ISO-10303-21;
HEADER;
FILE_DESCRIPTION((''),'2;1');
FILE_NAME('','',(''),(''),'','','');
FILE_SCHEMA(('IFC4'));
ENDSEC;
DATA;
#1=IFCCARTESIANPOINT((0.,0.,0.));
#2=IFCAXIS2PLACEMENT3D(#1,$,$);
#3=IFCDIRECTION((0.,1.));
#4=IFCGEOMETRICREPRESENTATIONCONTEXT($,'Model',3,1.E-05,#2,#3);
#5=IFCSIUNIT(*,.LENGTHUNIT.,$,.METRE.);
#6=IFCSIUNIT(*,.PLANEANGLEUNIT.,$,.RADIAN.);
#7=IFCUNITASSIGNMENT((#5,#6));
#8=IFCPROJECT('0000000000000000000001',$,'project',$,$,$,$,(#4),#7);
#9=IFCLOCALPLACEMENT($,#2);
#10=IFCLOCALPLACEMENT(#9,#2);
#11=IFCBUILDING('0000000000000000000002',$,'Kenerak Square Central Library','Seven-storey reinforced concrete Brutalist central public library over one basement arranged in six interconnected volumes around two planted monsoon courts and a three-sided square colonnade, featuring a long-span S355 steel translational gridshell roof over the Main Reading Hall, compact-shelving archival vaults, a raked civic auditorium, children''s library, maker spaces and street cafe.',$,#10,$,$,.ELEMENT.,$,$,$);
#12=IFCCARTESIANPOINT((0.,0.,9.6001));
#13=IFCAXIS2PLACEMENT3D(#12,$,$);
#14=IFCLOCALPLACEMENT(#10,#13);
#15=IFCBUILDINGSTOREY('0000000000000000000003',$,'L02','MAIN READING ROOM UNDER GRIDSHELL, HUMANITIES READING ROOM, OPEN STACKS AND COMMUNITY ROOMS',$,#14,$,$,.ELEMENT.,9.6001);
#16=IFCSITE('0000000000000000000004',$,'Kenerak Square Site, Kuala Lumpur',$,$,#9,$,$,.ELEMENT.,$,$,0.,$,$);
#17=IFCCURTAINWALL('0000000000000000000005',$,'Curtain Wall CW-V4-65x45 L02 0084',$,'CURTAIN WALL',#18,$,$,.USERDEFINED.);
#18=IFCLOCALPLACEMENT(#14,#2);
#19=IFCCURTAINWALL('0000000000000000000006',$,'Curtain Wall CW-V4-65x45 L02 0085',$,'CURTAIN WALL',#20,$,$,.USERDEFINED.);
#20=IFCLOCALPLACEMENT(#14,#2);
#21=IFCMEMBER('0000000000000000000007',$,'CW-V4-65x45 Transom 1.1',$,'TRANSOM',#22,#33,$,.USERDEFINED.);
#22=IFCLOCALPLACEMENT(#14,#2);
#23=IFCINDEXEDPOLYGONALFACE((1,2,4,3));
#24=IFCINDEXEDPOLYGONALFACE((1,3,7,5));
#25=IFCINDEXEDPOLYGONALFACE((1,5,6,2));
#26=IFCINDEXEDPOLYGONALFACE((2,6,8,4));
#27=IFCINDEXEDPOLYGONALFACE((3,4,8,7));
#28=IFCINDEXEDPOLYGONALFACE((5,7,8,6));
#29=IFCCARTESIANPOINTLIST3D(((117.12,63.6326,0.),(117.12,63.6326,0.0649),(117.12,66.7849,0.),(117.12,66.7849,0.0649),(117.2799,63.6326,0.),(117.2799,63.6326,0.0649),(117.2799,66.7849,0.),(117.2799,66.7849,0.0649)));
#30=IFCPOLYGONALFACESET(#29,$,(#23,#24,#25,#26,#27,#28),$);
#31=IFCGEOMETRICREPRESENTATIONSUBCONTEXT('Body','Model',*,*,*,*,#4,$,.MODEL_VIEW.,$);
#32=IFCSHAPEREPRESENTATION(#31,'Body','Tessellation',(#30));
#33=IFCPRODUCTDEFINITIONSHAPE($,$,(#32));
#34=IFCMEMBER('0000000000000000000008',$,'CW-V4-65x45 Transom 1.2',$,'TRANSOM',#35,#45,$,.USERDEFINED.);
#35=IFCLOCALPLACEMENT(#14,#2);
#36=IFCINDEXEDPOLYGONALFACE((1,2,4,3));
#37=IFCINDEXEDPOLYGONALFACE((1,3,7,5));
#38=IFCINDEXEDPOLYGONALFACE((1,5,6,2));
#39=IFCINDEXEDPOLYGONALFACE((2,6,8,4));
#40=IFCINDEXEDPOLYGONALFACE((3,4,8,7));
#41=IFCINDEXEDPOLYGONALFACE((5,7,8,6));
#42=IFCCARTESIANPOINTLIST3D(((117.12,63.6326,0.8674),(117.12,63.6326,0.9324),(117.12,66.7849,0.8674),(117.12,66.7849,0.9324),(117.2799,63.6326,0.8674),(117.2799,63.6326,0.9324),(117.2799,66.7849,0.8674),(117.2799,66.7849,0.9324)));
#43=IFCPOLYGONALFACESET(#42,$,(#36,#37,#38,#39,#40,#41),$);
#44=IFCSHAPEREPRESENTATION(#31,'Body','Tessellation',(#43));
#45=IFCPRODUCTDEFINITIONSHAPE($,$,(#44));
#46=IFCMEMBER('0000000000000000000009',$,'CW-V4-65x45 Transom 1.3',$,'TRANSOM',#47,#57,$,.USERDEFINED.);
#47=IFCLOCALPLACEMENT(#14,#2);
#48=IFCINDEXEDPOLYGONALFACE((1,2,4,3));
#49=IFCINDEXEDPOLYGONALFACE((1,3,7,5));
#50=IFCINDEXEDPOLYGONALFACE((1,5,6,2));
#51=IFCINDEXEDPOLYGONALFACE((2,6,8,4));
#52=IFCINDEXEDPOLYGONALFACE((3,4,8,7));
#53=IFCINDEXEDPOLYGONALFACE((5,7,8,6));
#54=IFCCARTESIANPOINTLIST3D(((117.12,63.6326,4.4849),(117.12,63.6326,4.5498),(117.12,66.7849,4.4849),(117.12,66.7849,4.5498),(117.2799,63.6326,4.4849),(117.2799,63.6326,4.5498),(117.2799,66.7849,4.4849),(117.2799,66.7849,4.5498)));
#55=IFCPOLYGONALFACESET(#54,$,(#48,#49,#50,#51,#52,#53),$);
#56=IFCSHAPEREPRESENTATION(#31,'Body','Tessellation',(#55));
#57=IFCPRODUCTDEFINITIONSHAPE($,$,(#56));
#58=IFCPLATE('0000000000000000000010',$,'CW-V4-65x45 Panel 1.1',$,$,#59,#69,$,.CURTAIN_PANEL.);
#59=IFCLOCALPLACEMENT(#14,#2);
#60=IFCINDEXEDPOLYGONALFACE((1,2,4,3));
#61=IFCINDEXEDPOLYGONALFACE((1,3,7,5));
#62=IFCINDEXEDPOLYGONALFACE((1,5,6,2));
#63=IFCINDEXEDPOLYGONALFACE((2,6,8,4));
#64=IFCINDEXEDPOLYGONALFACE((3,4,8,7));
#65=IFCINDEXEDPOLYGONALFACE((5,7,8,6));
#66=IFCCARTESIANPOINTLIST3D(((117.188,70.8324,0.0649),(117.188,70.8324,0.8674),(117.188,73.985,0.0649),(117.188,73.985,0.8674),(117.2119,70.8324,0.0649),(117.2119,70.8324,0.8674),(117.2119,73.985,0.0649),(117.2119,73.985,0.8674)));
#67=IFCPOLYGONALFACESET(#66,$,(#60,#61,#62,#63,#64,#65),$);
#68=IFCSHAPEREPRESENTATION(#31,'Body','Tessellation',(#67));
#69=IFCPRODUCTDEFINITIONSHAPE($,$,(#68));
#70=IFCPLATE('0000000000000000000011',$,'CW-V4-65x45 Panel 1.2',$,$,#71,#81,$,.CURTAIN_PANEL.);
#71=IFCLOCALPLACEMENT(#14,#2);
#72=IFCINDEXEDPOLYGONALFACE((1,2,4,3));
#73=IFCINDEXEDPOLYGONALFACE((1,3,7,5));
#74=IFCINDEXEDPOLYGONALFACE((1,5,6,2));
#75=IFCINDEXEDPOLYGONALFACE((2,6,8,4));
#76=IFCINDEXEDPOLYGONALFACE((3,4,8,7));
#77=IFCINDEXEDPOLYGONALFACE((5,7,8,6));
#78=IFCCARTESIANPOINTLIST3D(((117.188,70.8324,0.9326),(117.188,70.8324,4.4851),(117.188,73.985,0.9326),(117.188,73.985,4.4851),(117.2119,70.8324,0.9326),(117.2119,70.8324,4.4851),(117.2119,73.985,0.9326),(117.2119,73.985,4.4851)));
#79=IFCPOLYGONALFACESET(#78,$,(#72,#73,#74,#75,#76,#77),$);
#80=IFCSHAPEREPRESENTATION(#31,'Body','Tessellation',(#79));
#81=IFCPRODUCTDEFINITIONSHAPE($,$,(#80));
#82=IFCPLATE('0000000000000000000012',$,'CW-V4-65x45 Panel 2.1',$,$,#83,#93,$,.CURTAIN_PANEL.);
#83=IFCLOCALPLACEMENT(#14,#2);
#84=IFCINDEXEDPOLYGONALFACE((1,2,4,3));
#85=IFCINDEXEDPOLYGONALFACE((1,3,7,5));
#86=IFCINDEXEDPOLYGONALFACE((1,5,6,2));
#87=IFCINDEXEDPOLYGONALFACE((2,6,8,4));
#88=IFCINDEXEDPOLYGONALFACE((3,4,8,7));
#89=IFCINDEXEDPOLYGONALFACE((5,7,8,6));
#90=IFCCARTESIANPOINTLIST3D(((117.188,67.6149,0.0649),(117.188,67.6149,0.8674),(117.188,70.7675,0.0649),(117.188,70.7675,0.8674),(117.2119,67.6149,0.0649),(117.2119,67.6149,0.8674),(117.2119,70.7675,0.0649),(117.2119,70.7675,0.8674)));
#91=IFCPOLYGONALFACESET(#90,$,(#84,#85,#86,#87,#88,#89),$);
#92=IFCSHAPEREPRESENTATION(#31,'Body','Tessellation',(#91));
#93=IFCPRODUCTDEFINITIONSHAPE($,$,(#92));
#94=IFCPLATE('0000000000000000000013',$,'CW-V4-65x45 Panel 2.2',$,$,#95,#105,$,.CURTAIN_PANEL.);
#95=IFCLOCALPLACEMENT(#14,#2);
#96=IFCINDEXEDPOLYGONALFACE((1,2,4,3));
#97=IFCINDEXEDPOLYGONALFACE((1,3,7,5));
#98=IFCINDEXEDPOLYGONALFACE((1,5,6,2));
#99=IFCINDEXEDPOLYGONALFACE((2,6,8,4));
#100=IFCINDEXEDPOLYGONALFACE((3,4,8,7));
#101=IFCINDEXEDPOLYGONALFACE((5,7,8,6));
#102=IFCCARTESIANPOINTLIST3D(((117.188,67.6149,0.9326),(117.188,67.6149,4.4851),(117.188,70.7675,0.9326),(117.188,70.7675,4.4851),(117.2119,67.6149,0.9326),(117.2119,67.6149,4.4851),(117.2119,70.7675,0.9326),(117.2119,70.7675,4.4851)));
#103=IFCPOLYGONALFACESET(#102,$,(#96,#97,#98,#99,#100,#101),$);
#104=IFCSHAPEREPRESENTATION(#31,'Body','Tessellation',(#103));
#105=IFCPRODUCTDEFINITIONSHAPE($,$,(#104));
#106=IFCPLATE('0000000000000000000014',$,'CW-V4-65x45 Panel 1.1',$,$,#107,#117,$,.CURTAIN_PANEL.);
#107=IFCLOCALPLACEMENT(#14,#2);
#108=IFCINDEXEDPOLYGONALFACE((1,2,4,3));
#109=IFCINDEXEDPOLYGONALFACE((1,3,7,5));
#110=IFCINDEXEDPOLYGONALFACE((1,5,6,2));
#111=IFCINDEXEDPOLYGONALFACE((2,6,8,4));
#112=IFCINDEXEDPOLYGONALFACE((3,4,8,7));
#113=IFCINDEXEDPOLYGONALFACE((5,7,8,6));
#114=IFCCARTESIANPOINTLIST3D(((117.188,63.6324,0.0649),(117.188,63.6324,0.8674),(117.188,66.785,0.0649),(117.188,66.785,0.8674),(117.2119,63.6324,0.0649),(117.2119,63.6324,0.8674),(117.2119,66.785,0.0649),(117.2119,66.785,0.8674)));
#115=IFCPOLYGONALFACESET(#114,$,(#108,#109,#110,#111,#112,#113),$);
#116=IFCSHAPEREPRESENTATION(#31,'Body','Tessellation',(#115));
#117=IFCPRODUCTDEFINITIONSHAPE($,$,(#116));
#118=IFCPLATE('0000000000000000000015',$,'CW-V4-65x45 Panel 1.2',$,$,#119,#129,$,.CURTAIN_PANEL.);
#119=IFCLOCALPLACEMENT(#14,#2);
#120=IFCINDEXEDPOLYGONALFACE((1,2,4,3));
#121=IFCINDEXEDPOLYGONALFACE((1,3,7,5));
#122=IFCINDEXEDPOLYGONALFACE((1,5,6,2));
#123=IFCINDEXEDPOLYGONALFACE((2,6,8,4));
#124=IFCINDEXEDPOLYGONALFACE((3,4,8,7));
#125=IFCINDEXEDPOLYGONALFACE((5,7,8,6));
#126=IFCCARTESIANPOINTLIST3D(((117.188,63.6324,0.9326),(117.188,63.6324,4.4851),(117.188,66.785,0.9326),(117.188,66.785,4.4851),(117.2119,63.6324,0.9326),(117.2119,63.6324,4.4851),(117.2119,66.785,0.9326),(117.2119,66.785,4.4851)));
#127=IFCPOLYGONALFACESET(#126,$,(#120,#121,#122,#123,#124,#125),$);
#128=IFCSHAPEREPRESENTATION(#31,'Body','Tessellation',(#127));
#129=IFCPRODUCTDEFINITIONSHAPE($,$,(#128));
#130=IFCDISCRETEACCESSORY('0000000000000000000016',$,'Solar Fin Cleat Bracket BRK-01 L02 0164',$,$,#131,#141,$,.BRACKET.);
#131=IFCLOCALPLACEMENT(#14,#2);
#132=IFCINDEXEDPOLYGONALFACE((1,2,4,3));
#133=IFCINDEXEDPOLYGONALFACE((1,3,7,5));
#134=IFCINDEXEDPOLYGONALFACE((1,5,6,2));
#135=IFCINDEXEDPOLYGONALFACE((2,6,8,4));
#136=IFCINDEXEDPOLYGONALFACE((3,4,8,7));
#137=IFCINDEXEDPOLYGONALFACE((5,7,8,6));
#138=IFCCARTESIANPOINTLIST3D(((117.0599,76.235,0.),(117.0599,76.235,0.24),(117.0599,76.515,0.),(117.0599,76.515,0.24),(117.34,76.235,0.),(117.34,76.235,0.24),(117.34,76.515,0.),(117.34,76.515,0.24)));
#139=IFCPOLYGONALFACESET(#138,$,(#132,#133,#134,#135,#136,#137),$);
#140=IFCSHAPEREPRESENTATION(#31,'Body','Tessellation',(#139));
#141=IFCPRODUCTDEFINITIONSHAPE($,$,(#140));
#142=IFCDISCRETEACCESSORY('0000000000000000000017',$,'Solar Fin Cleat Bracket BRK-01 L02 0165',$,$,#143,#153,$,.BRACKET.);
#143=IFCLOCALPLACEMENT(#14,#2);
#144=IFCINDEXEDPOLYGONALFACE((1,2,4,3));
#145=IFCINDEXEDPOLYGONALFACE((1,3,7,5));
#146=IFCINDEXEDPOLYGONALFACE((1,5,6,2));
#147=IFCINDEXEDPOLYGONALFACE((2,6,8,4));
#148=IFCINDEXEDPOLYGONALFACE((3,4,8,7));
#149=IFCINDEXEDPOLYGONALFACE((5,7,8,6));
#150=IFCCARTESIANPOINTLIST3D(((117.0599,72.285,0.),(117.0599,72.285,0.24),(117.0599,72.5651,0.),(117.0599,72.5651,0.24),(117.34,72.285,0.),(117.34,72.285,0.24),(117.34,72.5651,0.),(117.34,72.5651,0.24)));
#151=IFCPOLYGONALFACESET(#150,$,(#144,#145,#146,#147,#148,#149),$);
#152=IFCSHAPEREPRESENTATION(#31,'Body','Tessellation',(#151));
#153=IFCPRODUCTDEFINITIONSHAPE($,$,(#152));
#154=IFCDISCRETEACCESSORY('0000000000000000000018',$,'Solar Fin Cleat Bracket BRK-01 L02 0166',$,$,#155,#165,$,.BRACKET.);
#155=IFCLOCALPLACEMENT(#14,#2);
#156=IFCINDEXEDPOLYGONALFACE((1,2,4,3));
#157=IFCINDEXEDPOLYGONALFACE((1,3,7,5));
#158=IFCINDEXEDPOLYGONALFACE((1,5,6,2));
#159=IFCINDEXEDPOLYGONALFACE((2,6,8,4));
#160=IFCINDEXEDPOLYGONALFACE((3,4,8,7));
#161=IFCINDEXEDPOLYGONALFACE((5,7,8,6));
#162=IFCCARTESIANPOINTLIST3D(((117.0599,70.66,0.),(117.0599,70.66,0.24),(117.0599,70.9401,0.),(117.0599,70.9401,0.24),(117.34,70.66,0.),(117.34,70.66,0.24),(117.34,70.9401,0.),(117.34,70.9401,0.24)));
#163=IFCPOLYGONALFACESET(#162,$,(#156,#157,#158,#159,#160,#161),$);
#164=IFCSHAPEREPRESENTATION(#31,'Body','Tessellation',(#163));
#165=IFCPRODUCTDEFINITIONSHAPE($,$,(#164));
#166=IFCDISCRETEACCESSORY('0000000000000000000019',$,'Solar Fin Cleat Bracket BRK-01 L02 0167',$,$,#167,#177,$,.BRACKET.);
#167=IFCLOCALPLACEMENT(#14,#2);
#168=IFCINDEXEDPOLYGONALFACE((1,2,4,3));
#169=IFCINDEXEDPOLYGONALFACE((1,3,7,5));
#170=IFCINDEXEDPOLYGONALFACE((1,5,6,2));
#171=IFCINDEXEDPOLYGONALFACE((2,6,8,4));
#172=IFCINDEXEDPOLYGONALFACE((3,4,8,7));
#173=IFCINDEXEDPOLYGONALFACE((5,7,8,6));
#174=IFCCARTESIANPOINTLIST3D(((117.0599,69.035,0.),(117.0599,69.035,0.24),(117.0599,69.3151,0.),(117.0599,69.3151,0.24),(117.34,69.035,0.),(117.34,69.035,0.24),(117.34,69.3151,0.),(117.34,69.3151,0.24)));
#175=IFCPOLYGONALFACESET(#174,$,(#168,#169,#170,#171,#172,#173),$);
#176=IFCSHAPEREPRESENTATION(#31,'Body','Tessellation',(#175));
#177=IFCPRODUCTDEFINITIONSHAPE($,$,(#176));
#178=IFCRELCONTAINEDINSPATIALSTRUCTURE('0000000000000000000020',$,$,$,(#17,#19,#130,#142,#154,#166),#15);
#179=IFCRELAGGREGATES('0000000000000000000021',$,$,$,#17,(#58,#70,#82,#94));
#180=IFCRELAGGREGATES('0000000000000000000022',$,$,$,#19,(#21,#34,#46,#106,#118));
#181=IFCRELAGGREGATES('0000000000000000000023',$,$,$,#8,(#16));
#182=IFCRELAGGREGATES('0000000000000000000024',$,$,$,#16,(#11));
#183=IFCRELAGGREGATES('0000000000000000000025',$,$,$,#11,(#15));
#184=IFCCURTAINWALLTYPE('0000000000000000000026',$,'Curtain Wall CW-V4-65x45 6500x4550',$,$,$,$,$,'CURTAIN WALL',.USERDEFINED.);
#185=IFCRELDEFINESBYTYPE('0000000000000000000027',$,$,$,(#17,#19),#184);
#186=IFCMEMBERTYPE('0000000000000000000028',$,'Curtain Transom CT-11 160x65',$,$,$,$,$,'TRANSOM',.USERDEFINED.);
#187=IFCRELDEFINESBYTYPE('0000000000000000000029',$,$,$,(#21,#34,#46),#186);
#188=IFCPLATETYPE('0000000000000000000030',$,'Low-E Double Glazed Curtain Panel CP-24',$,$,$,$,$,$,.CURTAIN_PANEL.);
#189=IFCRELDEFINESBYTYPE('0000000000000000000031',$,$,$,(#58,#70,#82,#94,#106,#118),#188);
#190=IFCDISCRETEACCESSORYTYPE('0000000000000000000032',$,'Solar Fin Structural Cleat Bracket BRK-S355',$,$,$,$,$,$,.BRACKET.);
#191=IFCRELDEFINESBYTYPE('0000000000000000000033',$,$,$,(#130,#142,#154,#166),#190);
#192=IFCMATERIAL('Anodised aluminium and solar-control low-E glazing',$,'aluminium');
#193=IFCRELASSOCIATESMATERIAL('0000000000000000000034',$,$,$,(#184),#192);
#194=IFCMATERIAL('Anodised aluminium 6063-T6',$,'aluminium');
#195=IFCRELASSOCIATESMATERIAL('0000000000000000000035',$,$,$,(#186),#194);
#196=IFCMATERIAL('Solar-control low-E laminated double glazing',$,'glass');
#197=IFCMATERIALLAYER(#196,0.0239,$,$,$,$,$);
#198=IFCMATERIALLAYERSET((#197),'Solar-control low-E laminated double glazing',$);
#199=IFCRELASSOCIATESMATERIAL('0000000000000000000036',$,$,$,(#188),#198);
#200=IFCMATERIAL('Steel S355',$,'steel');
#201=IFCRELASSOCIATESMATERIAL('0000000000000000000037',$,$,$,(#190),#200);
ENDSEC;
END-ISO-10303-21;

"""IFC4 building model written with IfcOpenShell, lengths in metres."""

from ifc_helpers import new_model, si_unit, direction, frame, origin, origin_2d, place, context, subcontext, project, spatial, rectangle, extrude, material, layer, layer_set, material_profile, profile_set, type_object, element, aggregate, save


model = new_model("IFC4")

# Units and contexts
model_context = context("Model", 3, precision=1e-05, world=origin(), true_north=direction((0.0, 1.0)))
body_context = subcontext(model_context, "Body", "Model", "MODEL_VIEW")
ifc_project = project(units=[si_unit("LENGTHUNIT", "METRE"), si_unit("PLANEANGLEUNIT", "RADIAN")], contexts=[model_context])

# Site, building, storey
site_placement = place(None, origin())
site = spatial("IfcSite", under=ifc_project, at=site_placement, Name="Kenerak Square Site, Kuala Lumpur", CompositionType="ELEMENT", RefElevation=0.0)
building_placement = place(site_placement, origin())
building = spatial("IfcBuilding", under=site, at=building_placement, Name="Kenerak Square Central Library", Description="Seven-storey reinforced concrete Brutalist central public library over one basement arranged in six interconnected volumes around two planted monsoon courts and a three-sided square colonnade, featuring a long-span S355 steel translational gridshell roof over the Main Reading Hall, compact-shelving archival vaults, a raked civic auditorium, children's library, maker spaces and street cafe.", CompositionType="ELEMENT")
storey_placement = place(building_placement, frame((0.0, 0.0, 9.6001)))
storey = spatial("IfcBuildingStorey", under=building, at=storey_placement, Name="L02", Description="MAIN READING ROOM UNDER GRIDSHELL, HUMANITIES READING ROOM, OPEN STACKS AND COMMUNITY ROOMS", CompositionType="ELEMENT", Elevation=9.6001)

# Shared definitions
ifc_material_1 = material(Name="Anodised aluminium and solar-control low-E glazing", Category="aluminium")
curtain_wall_type = type_object("IfcCurtainWallType", Name="Curtain Wall CW-V4-65x45 6500x4550", ElementType="CURTAIN WALL", PredefinedType="USERDEFINED", material=ifc_material_1)
ifc_material_2 = material(Name="Anodised aluminium 6063-T6", Category="aluminium")

# Curtain wall
curtain_wall_1_placement = place(storey_placement, origin())
curtain_wall_1 = element("IfcCurtainWall", 1, at=curtain_wall_1_placement, inside=storey, type_object=curtain_wall_type, Name="Curtain Wall CW-V4-65x45 L02 0084", ObjectType="CURTAIN WALL", PredefinedType="USERDEFINED")

# Curtain wall
curtain_wall_2_placement = place(storey_placement, origin())
curtain_wall_2 = element("IfcCurtainWall", 2, at=curtain_wall_2_placement, inside=storey, type_object=curtain_wall_type, Name="Curtain Wall CW-V4-65x45 L02 0085", ObjectType="CURTAIN WALL", PredefinedType="USERDEFINED")

# Members
ifc_material_profile_1 = material_profile(ifc_material_2, rectangle(XDim=0.1599, YDim=0.0649, at=origin_2d()), Name="AL TRANSOM 160x65")
ifc_profile_set_1 = profile_set([ifc_material_profile_1], Name="Anodised aluminium 6063-T6")
member_type_1 = type_object("IfcMemberType", Name="Curtain Transom CT-11 160x65", ElementType="TRANSOM", PredefinedType="USERDEFINED", material=ifc_profile_set_1)
member_1_placement = place(storey_placement, frame((117.2, 66.7849, 0.0325), z_axis=(0.0, -1.0, 0.0), x_axis=(1.0, 0.0, 0.0)))
member_1 = element("IfcMember", 3, at=member_1_placement, type_object=member_type_1, Name="CW-V4-65x45 Transom 1.1", ObjectType="TRANSOM", PredefinedType="USERDEFINED", context=body_context, shape_type="SweptSolid", body=[
    extrude(rectangle(XDim=0.1599, YDim=0.0649, at=origin_2d()), origin(), (0.0, 0.0, 1.0), 3.1523),
])
member_2_placement = place(storey_placement, frame((117.2, 66.7849, 0.8999), z_axis=(0.0, -1.0, 0.0), x_axis=(1.0, 0.0, 0.0)))
member_2 = element("IfcMember", 4, at=member_2_placement, type_object=member_type_1, Name="CW-V4-65x45 Transom 1.2", ObjectType="TRANSOM", PredefinedType="USERDEFINED", context=body_context, shape_type="SweptSolid", body=[
    extrude(rectangle(XDim=0.1599, YDim=0.0649, at=origin_2d()), origin(), (0.0, 0.0, 1.0), 3.1523),
])
member_3_placement = place(storey_placement, frame((117.2, 66.7849, 4.5173), z_axis=(0.0, -1.0, 0.0), x_axis=(1.0, 0.0, 0.0)))
member_3 = element("IfcMember", 5, at=member_3_placement, type_object=member_type_1, Name="CW-V4-65x45 Transom 1.3", ObjectType="TRANSOM", PredefinedType="USERDEFINED", context=body_context, shape_type="SweptSolid", body=[
    extrude(rectangle(XDim=0.1599, YDim=0.0649, at=origin_2d()), origin(), (0.0, 0.0, 1.0), 3.1523),
])

# Plates
ifc_material_3 = material(Name="Solar-control low-E laminated double glazing", Category="glass")
ifc_layer = layer(ifc_material_3, 0.0239)
ifc_layer_set = layer_set([ifc_layer], Name="Solar-control low-E laminated double glazing")
plate_type = type_object("IfcPlateType", Name="Low-E Double Glazed Curtain Panel CP-24", PredefinedType="CURTAIN_PANEL", material=ifc_layer_set)
plate_1_placement = place(storey_placement, frame((117.2, 72.4087, 0.0649), z_axis=(0.0, 0.0, 1.0), x_axis=(0.0, -1.0, 0.0)))
plate_1 = element("IfcPlate", 6, at=plate_1_placement, type_object=plate_type, Name="CW-V4-65x45 Panel 1.1", PredefinedType="CURTAIN_PANEL", context=body_context, shape_type="SweptSolid", body=[
    extrude(rectangle(XDim=3.1526, YDim=0.0239, at=origin_2d()), origin(), (0.0, 0.0, 1.0), 0.8025),
])
plate_2_placement = place(storey_placement, frame((117.2, 72.4087, 0.9326), z_axis=(0.0, 0.0, 1.0), x_axis=(0.0, -1.0, 0.0)))
plate_2 = element("IfcPlate", 7, at=plate_2_placement, type_object=plate_type, Name="CW-V4-65x45 Panel 1.2", PredefinedType="CURTAIN_PANEL", context=body_context, shape_type="SweptSolid", body=[
    extrude(rectangle(XDim=3.1526, YDim=0.0239, at=origin_2d()), origin(), (0.0, 0.0, 1.0), 3.5525),
])
plate_3_placement = place(storey_placement, frame((117.2, 69.1912, 0.0649), z_axis=(0.0, 0.0, 1.0), x_axis=(0.0, -1.0, 0.0)))
plate_3 = element("IfcPlate", 8, at=plate_3_placement, type_object=plate_type, Name="CW-V4-65x45 Panel 2.1", PredefinedType="CURTAIN_PANEL", context=body_context, shape_type="SweptSolid", body=[
    extrude(rectangle(XDim=3.1526, YDim=0.0239, at=origin_2d()), origin(), (0.0, 0.0, 1.0), 0.8025),
])
plate_4_placement = place(storey_placement, frame((117.2, 69.1912, 0.9326), z_axis=(0.0, 0.0, 1.0), x_axis=(0.0, -1.0, 0.0)))
plate_4 = element("IfcPlate", 9, at=plate_4_placement, type_object=plate_type, Name="CW-V4-65x45 Panel 2.2", PredefinedType="CURTAIN_PANEL", context=body_context, shape_type="SweptSolid", body=[
    extrude(rectangle(XDim=3.1526, YDim=0.0239, at=origin_2d()), origin(), (0.0, 0.0, 1.0), 3.5525),
])
aggregate(curtain_wall_1, [plate_1, plate_2, plate_3, plate_4])
plate_5_placement = place(storey_placement, frame((117.2, 65.2087, 0.0649), z_axis=(0.0, 0.0, 1.0), x_axis=(0.0, -1.0, 0.0)))
plate_5 = element("IfcPlate", 10, at=plate_5_placement, type_object=plate_type, Name="CW-V4-65x45 Panel 1.1", PredefinedType="CURTAIN_PANEL", context=body_context, shape_type="SweptSolid", body=[
    extrude(rectangle(XDim=3.1526, YDim=0.0239, at=origin_2d()), origin(), (0.0, 0.0, 1.0), 0.8025),
])
plate_6_placement = place(storey_placement, frame((117.2, 65.2087, 0.9326), z_axis=(0.0, 0.0, 1.0), x_axis=(0.0, -1.0, 0.0)))
plate_6 = element("IfcPlate", 11, at=plate_6_placement, type_object=plate_type, Name="CW-V4-65x45 Panel 1.2", PredefinedType="CURTAIN_PANEL", context=body_context, shape_type="SweptSolid", body=[
    extrude(rectangle(XDim=3.1526, YDim=0.0239, at=origin_2d()), origin(), (0.0, 0.0, 1.0), 3.5525),
])
aggregate(curtain_wall_2, [member_1, member_2, member_3, plate_5, plate_6])

# Discrete accessories
ifc_material_4 = material(Name="Steel S355", Category="steel")
discrete_accessory_type = type_object("IfcDiscreteAccessoryType", Name="Solar Fin Structural Cleat Bracket BRK-S355", PredefinedType="BRACKET", material=ifc_material_4)
for number, where, z_axis, x_axis, name in (
    (12, (117.2, 76.375, 0.0), (0.0, 0.0, 1.0), (0.0, -1.0, 0.0), "Solar Fin Cleat Bracket BRK-01 L02 0164"),
    (13, (117.2, 72.425, 0.0), (0.0, 0.0, 1.0), (0.0, -1.0, 0.0), "Solar Fin Cleat Bracket BRK-01 L02 0165"),
    (14, (117.2, 70.8, 0.0), (0.0, 0.0, 1.0), (0.0, -1.0, 0.0), "Solar Fin Cleat Bracket BRK-01 L02 0166"),
    (15, (117.2, 69.175, 0.0), (0.0, 0.0, 1.0), (0.0, -1.0, 0.0), "Solar Fin Cleat Bracket BRK-01 L02 0167"),
):
    element("IfcDiscreteAccessory", number, at=place(storey_placement, frame(where, z_axis=z_axis, x_axis=x_axis)), inside=storey, type_object=discrete_accessory_type, Name=name, PredefinedType="BRACKET", context=body_context, shape_type="SweptSolid", body=[
        extrude(rectangle(XDim=0.28, YDim=0.28, at=origin_2d()), origin(), (0.0, 0.0, 1.0), 0.24),
    ])

save(model, "model.ifc")
